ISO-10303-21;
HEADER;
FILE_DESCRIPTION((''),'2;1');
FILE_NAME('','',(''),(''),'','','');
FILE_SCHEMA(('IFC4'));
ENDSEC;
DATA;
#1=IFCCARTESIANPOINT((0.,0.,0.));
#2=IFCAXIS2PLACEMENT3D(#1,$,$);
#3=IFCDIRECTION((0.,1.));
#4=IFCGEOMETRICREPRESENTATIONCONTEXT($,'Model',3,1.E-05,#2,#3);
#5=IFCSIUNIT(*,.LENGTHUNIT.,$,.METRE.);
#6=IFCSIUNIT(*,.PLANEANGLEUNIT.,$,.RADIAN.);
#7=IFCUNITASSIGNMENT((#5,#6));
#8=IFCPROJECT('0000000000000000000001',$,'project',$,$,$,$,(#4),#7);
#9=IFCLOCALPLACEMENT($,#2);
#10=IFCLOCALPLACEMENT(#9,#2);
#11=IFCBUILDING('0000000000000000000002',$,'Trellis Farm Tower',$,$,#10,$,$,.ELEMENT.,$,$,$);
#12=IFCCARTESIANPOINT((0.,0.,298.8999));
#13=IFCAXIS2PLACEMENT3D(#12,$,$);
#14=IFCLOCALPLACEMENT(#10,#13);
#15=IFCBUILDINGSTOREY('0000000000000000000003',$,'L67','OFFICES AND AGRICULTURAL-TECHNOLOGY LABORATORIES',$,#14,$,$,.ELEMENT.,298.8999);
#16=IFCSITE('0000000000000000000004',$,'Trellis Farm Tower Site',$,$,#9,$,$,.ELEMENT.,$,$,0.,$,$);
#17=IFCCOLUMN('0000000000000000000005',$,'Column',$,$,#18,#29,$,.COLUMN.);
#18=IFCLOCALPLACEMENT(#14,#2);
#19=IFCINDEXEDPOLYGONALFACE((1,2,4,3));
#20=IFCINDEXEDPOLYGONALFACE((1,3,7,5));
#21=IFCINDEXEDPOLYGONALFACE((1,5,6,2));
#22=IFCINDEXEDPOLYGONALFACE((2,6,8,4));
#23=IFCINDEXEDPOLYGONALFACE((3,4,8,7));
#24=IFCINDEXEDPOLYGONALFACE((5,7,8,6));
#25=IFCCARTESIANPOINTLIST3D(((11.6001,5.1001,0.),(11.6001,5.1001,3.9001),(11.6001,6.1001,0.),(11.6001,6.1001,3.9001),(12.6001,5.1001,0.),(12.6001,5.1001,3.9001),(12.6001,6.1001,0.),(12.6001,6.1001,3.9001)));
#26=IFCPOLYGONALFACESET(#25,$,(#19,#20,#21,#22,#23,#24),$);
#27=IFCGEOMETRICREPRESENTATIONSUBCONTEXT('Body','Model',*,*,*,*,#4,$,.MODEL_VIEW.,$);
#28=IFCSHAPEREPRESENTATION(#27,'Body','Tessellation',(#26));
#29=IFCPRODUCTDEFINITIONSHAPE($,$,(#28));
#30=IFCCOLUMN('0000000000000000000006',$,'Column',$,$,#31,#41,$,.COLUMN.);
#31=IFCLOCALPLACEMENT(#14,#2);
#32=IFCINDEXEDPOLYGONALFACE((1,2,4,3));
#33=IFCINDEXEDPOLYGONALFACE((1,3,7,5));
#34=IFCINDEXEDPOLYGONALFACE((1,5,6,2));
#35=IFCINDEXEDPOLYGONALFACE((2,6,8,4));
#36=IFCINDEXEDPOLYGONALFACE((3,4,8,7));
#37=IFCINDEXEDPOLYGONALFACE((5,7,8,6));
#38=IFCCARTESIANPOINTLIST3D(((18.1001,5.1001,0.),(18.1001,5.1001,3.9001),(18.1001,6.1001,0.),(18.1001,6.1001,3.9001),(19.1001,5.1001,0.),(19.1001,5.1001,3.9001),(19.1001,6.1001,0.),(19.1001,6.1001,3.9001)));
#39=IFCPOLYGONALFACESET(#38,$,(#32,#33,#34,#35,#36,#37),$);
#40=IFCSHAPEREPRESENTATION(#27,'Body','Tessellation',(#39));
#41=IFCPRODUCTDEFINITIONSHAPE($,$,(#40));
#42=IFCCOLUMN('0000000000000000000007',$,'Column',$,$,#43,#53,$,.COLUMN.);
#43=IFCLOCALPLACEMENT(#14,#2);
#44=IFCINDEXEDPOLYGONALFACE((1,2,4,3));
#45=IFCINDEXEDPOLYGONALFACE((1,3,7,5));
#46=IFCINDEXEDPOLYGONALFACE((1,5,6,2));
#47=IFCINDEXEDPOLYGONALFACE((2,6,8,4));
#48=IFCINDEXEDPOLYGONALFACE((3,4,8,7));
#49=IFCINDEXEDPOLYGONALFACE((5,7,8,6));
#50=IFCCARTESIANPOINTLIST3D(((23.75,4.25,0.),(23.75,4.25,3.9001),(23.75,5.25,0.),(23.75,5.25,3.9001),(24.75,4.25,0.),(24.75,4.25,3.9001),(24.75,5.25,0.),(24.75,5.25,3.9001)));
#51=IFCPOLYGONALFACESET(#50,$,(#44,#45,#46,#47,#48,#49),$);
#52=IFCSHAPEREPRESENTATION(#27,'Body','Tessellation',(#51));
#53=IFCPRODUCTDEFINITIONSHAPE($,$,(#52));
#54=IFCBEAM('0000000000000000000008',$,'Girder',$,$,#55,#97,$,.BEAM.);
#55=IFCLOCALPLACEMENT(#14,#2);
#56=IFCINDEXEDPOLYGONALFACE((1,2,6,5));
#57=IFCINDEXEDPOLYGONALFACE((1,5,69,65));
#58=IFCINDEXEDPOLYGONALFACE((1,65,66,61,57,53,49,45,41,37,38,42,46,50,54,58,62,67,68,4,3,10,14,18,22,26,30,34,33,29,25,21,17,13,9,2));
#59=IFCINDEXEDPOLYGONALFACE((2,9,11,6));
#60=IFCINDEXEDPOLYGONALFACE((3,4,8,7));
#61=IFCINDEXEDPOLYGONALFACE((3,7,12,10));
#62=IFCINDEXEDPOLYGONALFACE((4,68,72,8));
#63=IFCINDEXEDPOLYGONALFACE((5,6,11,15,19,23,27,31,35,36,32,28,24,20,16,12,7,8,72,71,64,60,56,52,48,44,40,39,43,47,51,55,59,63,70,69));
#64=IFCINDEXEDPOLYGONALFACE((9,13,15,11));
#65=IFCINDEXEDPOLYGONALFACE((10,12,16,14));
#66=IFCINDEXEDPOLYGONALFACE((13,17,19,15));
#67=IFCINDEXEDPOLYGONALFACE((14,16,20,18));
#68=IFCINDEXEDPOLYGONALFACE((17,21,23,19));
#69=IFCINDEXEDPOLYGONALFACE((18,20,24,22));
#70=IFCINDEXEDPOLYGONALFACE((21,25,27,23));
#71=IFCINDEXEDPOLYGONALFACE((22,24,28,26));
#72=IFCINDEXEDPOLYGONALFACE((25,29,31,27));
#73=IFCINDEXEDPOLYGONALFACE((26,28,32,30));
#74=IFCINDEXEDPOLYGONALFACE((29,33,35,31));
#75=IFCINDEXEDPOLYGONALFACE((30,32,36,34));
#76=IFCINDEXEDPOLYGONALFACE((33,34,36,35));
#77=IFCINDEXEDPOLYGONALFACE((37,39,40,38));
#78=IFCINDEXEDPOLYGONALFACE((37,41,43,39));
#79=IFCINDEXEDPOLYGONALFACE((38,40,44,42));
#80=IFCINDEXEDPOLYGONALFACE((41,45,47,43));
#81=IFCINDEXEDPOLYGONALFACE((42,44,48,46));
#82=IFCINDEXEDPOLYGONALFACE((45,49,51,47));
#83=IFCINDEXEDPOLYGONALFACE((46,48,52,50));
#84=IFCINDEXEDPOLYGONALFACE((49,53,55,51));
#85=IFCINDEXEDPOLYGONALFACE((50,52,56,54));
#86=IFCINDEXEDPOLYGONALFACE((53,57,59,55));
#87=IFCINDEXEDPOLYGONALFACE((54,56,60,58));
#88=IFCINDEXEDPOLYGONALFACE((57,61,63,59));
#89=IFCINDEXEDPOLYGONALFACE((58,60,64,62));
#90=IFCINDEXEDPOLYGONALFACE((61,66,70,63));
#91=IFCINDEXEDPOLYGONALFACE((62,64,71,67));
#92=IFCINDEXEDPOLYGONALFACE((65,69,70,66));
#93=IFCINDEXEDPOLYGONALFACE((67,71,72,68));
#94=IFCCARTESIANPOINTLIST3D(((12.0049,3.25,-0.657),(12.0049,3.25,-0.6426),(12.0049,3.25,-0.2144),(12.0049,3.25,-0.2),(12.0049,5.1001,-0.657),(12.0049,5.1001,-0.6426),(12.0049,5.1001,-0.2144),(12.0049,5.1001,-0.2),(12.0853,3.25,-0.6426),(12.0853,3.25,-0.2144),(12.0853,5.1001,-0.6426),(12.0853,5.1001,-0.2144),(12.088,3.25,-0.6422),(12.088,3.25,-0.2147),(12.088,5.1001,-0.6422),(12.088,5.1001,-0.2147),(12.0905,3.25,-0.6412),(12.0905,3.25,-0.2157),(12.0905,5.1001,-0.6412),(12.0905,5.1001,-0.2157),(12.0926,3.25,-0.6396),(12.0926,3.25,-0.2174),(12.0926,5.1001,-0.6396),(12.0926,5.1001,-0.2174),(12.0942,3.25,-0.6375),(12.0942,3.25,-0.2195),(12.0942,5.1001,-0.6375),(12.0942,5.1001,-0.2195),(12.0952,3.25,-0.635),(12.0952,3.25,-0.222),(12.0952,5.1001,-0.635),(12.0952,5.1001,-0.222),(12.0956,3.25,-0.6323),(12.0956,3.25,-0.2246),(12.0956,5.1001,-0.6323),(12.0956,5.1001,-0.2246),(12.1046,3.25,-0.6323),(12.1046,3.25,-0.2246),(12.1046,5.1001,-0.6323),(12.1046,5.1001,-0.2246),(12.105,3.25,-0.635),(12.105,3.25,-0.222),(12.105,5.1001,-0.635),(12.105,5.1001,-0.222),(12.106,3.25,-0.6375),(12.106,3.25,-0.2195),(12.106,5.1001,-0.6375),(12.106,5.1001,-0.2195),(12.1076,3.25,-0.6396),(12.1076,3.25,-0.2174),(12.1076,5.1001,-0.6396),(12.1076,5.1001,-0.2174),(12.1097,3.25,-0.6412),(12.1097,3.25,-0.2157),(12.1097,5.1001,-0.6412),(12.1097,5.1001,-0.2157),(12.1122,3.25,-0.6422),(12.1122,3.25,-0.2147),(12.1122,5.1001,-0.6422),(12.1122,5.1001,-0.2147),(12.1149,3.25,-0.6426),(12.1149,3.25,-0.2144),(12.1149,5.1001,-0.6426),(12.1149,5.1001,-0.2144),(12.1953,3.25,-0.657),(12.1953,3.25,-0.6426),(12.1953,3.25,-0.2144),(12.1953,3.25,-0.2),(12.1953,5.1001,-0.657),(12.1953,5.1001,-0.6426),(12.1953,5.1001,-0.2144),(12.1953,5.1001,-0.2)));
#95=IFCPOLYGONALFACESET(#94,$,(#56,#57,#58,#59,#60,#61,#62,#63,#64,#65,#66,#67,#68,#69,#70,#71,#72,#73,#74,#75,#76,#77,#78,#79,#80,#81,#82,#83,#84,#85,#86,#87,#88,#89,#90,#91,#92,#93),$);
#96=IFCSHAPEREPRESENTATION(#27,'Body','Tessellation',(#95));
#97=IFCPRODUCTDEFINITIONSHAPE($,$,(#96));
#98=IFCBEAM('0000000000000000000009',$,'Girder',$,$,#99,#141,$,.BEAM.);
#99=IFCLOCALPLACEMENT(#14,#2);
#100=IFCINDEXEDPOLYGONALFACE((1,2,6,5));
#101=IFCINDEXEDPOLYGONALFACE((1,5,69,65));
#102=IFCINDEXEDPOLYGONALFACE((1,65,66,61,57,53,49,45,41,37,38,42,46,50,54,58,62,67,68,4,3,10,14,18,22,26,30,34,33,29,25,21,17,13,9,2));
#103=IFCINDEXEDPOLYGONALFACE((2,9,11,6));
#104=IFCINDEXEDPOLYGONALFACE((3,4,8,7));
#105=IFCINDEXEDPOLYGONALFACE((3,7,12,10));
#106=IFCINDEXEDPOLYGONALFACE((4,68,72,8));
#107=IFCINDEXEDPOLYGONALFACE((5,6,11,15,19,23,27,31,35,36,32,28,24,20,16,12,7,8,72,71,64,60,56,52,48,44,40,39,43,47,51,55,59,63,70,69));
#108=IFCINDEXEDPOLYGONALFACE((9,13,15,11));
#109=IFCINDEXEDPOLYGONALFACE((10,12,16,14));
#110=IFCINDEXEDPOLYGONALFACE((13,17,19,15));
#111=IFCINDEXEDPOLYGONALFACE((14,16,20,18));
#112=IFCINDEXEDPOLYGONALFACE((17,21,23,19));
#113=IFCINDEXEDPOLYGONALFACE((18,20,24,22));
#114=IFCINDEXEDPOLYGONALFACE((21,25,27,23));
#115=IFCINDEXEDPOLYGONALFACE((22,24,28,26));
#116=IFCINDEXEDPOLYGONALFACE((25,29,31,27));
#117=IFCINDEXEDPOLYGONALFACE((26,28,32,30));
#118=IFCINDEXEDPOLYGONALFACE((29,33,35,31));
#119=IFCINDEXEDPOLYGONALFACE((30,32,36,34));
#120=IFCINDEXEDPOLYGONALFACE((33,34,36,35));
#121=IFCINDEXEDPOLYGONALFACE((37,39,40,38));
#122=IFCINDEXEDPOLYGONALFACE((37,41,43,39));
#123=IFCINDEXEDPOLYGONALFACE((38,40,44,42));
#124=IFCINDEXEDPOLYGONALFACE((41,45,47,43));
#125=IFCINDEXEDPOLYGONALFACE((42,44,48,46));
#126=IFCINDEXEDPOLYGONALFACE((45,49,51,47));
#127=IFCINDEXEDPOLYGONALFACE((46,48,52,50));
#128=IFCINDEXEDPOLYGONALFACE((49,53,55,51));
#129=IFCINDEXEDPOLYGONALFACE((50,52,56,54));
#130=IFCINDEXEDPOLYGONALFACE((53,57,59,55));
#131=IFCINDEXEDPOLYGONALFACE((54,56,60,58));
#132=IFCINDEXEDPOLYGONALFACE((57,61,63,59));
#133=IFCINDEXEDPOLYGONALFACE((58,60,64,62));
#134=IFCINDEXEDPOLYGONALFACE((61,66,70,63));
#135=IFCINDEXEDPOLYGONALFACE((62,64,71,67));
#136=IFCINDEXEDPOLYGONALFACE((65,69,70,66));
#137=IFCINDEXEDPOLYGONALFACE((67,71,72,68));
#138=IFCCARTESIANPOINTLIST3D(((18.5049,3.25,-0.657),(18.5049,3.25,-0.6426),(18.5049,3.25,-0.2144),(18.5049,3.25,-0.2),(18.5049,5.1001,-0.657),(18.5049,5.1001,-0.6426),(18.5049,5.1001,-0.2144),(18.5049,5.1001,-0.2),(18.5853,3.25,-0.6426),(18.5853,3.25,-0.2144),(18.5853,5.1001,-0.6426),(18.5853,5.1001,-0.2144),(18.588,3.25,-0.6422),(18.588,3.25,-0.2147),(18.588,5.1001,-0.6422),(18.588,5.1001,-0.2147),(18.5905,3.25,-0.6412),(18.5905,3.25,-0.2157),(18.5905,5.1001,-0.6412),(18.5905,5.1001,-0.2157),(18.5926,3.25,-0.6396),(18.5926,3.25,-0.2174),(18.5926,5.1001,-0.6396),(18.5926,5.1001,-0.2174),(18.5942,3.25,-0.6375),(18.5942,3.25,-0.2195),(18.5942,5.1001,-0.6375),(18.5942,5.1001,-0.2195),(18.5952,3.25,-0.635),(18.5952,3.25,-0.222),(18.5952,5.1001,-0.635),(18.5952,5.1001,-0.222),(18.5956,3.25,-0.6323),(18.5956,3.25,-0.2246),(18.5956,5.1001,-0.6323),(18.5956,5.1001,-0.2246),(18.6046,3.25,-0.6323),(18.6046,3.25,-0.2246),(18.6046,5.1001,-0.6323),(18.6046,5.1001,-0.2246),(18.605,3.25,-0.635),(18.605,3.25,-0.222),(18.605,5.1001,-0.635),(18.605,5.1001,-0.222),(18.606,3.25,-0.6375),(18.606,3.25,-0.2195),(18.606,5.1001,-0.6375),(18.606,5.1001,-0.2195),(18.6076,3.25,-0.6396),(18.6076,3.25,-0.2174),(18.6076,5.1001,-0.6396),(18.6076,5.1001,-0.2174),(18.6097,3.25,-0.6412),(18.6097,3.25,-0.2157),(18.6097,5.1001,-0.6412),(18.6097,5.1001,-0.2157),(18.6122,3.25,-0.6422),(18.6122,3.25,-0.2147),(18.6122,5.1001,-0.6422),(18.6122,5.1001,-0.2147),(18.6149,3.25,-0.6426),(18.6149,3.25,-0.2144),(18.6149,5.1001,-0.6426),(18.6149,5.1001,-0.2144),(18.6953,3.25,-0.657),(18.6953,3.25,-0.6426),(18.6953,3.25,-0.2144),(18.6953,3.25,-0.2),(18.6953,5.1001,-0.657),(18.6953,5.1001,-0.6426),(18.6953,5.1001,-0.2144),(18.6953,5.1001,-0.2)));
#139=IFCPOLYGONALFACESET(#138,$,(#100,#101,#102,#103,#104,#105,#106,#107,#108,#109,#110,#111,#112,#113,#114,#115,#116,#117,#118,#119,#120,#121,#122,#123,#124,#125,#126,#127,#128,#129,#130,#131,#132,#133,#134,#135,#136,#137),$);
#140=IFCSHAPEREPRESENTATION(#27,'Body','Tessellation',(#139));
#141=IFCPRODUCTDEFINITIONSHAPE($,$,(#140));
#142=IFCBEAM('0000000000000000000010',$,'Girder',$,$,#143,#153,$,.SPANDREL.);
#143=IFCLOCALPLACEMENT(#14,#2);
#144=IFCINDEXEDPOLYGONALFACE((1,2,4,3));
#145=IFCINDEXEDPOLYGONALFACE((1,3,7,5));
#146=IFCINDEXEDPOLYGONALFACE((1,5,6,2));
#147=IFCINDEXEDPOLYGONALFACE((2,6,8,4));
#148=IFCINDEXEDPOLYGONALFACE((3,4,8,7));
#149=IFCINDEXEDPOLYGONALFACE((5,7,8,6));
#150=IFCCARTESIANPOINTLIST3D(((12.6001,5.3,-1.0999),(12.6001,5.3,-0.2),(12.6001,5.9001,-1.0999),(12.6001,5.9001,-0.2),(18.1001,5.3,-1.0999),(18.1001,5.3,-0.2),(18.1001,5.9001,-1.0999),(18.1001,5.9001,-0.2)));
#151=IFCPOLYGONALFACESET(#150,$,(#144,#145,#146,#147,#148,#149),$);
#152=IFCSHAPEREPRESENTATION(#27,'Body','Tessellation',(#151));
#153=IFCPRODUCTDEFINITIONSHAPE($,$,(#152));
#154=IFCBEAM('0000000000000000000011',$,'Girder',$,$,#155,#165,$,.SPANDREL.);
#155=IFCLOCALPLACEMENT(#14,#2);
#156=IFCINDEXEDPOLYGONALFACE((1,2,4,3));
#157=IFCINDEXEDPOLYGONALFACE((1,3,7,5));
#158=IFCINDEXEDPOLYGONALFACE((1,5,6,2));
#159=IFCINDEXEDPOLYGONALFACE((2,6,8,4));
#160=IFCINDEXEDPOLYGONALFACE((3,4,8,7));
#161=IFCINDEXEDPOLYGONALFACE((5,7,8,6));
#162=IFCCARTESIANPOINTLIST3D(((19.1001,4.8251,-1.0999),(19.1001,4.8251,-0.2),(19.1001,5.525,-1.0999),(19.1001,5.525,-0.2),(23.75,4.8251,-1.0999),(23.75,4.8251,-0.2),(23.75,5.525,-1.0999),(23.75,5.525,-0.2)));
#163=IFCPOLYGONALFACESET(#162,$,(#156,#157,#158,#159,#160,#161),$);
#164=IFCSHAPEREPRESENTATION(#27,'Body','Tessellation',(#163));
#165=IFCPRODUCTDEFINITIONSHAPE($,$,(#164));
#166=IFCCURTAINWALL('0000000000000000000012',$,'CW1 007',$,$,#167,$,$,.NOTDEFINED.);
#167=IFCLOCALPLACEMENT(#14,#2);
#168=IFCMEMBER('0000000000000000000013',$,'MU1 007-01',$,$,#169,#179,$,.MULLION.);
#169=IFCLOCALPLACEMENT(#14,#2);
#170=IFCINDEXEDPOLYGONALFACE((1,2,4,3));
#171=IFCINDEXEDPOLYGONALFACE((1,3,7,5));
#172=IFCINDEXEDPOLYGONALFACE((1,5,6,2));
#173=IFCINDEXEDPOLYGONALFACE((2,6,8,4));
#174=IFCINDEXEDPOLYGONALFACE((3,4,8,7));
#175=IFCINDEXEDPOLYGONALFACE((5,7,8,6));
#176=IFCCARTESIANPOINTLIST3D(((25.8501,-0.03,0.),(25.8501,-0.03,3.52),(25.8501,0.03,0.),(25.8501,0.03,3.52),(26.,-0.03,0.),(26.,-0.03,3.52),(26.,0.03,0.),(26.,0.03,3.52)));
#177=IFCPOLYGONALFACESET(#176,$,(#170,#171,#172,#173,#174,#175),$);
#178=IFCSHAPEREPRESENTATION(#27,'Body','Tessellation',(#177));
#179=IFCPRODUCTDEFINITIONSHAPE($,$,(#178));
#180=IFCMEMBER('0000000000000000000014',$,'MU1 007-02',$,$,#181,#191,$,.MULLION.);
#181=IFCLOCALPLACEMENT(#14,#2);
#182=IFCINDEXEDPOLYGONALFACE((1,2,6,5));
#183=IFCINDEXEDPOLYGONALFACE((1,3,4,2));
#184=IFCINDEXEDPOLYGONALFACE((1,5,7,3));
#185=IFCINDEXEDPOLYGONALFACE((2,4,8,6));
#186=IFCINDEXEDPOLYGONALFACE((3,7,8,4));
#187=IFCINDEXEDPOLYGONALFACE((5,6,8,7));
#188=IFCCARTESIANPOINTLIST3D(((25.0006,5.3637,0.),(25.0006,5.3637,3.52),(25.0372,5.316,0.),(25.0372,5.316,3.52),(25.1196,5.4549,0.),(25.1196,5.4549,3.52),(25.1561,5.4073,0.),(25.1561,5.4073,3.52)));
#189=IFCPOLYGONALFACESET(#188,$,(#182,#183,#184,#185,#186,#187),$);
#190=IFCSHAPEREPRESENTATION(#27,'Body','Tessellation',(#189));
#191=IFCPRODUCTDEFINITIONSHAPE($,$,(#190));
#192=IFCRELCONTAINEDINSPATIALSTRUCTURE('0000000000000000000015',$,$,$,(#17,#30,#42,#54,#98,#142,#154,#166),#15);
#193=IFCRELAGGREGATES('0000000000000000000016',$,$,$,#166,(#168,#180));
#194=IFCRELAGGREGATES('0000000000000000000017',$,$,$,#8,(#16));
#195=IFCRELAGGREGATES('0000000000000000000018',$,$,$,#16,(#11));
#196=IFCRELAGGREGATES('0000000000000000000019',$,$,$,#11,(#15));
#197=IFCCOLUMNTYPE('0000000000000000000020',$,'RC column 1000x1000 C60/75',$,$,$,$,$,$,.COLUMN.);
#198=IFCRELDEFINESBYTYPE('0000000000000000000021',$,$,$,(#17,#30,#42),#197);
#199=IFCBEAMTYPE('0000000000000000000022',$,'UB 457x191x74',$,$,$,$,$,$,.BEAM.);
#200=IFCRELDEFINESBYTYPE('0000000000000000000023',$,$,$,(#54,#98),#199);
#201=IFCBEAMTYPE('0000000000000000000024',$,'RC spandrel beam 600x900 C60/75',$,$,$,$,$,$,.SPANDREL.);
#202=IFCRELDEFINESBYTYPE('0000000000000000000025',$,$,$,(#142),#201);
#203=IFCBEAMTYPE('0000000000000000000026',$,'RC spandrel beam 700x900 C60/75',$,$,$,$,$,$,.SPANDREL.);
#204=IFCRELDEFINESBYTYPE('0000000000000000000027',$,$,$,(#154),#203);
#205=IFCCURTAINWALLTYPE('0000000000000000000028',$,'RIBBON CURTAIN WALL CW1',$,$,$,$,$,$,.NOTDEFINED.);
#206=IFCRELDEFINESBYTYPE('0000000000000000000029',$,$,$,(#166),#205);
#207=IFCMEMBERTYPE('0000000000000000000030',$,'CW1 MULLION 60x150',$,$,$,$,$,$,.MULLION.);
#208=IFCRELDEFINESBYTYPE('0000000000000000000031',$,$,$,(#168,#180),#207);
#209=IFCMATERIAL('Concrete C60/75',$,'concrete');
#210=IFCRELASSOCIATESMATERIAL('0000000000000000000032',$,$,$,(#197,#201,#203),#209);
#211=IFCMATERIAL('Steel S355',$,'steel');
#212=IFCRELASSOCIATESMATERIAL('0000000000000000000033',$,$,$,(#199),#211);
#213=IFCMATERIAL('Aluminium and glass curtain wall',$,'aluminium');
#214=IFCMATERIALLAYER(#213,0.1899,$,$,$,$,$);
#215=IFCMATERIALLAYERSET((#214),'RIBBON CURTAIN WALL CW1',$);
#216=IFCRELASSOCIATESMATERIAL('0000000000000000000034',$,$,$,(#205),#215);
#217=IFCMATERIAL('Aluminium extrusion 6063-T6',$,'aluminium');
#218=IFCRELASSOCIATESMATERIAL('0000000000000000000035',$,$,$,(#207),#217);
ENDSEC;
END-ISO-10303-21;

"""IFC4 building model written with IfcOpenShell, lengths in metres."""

from ifc_helpers import new_model, si_unit, direction, frame, origin, origin_2d, place, context, subcontext, project, spatial, rectangle, i_section, extrude, source, transform, mapped, material, layer, layer_set, material_profile, profile_set, type_object, element, aggregate, save


model = new_model("IFC4")

# Units and contexts
model_context = context("Model", 3, precision=1e-05, world=origin(), true_north=direction((0.0, 1.0)))
body_context = subcontext(model_context, "Body", "Model", "MODEL_VIEW")
ifc_project = project(units=[si_unit("LENGTHUNIT", "METRE"), si_unit("PLANEANGLEUNIT", "RADIAN")], contexts=[model_context])

# Site, building, storey
site_placement = place(None, origin())
site = spatial("IfcSite", under=ifc_project, at=site_placement, Name="Trellis Farm Tower Site", CompositionType="ELEMENT", RefElevation=0.0)
building_placement = place(site_placement, origin())
building = spatial("IfcBuilding", under=site, at=building_placement, Name="Trellis Farm Tower", CompositionType="ELEMENT")
storey_placement = place(building_placement, frame((0.0, 0.0, 298.8999)))
storey = spatial("IfcBuildingStorey", under=building, at=storey_placement, Name="L67", Description="OFFICES AND AGRICULTURAL-TECHNOLOGY LABORATORIES", CompositionType="ELEMENT", Elevation=298.8999)

# Columns
ifc_material_1 = material(Name="Concrete C60/75", Category="concrete")
ifc_material_profile_1 = material_profile(ifc_material_1, rectangle(XDim=1.0, YDim=1.0, at=origin_2d()), Name="RC column 1000x1000 C60/75")
ifc_profile_set_1 = profile_set([ifc_material_profile_1], Name="Concrete C60/75")
column_type = type_object("IfcColumnType", Name="RC column 1000x1000 C60/75", PredefinedType="COLUMN", material=ifc_profile_set_1)
shared_shape_1 = source(origin(), body_context, "Body", "SweptSolid", [
    extrude(rectangle(XDim=1.0, YDim=1.0, at=origin_2d()), origin(), (0.0, 0.0, 1.0), 3.9001),
])
for number, where, z_axis, x_axis, name in (
    (1, (12.1001, 5.6001, 0.0), (0.0, 0.0, 1.0), (1.0, 0.0, 0.0), "Column"),
    (2, (18.6001, 5.6001, 0.0), (0.0, 0.0, 1.0), (1.0, 0.0, 0.0), "Column"),
    (3, (24.25, 4.75, 0.0), (0.0, 0.0, 1.0), (1.0, 0.0, 0.0), "Column"),
):
    element("IfcColumn", number, at=place(storey_placement, frame(where, z_axis=z_axis, x_axis=x_axis)), inside=storey, type_object=column_type, Name=name, PredefinedType="COLUMN", context=body_context, shape_type="MappedRepresentation", body=[
        mapped(shared_shape_1, transform((0.0, 0.0, 0.0))),
    ])

# Beams
ifc_material_2 = material(Name="Steel S355", Category="steel")
ifc_material_profile_2 = material_profile(ifc_material_2, i_section(OverallWidth=0.1904, OverallDepth=0.457, WebThickness=0.009, FlangeThickness=0.0144, FilletRadius=0.0103, at=origin_2d()), Name="UB 457x191x74")
ifc_profile_set_2 = profile_set([ifc_material_profile_2], Name="Steel S355")
beam_type_1 = type_object("IfcBeamType", Name="UB 457x191x74", PredefinedType="BEAM", material=ifc_profile_set_2)
shared_shape_2 = source(origin(), body_context, "Body", "SweptSolid", [
    extrude(i_section(OverallWidth=0.1904, OverallDepth=0.457, WebThickness=0.009, FlangeThickness=0.0144, FilletRadius=0.0103, at=origin_2d()), origin(), (0.0, 0.0, 1.0), 1.8501),
])
for number, where, z_axis, x_axis, name in (
    (4, (12.1001, 3.25, -0.4285), (0.0, 1.0, 0.0), (-1.0, 0.0, 0.0), "Girder"),
    (5, (18.6001, 3.25, -0.4285), (0.0, 1.0, 0.0), (-1.0, 0.0, 0.0), "Girder"),
):
    element("IfcBeam", number, at=place(storey_placement, frame(where, z_axis=z_axis, x_axis=x_axis)), inside=storey, type_object=beam_type_1, Name=name, PredefinedType="BEAM", context=body_context, shape_type="MappedRepresentation", body=[
        mapped(shared_shape_2, transform((0.0, 0.0, 0.0))),
    ])
ifc_material_profile_3 = material_profile(ifc_material_1, rectangle(XDim=0.6001, YDim=0.8999, at=origin_2d()), Name="RC spandrel beam 600x900 C60/75")
ifc_profile_set_3 = profile_set([ifc_material_profile_3], Name="Concrete C60/75")
beam_type_2 = type_object("IfcBeamType", Name="RC spandrel beam 600x900 C60/75", PredefinedType="SPANDREL", material=ifc_profile_set_3)
shared_shape_3 = source(origin(), body_context, "Body", "SweptSolid", [
    extrude(rectangle(XDim=0.6001, YDim=0.8999, at=origin_2d()), origin(), (0.0, 0.0, 1.0), 5.5),
])
beam_1_placement = place(storey_placement, frame((12.6001, 5.6001, -0.6499), z_axis=(1.0, 0.0, 0.0), x_axis=(0.0, 1.0, 0.0)))
element("IfcBeam", 6, at=beam_1_placement, inside=storey, type_object=beam_type_2, Name="Girder", PredefinedType="SPANDREL", context=body_context, shape_type="MappedRepresentation", body=[
    mapped(shared_shape_3, transform((0.0, 0.0, 0.0))),
])
ifc_material_profile_4 = material_profile(ifc_material_1, rectangle(XDim=0.7, YDim=0.8999, at=origin_2d()), Name="RC spandrel beam 700x900 C60/75")
ifc_profile_set_4 = profile_set([ifc_material_profile_4], Name="Concrete C60/75")
beam_type_3 = type_object("IfcBeamType", Name="RC spandrel beam 700x900 C60/75", PredefinedType="SPANDREL", material=ifc_profile_set_4)
shared_shape_4 = source(origin(), body_context, "Body", "SweptSolid", [
    extrude(rectangle(XDim=0.7, YDim=0.8999, at=origin_2d()), origin(), (0.0, 0.0, 1.0), 4.6499),
])
beam_2_placement = place(storey_placement, frame((19.1001, 5.175, -0.6499), z_axis=(1.0, 0.0, 0.0), x_axis=(0.0, 1.0, 0.0)))
element("IfcBeam", 7, at=beam_2_placement, inside=storey, type_object=beam_type_3, Name="Girder", PredefinedType="SPANDREL", context=body_context, shape_type="MappedRepresentation", body=[
    mapped(shared_shape_4, transform((0.0, 0.0, 0.0))),
])

# Curtain wall, members
ifc_material_3 = material(Name="Aluminium and glass curtain wall", Category="aluminium")
ifc_layer_1 = layer(ifc_material_3, 0.1899)
ifc_layer_set_1 = layer_set([ifc_layer_1], Name="RIBBON CURTAIN WALL CW1")
curtain_wall_type = type_object("IfcCurtainWallType", Name="RIBBON CURTAIN WALL CW1", PredefinedType="NOTDEFINED", material=ifc_layer_set_1)
placement = place(storey_placement, origin())
curtain_wall_1 = element("IfcCurtainWall", 8, at=placement, inside=storey, type_object=curtain_wall_type, Name="CW1 007", PredefinedType="NOTDEFINED")
ifc_material_4 = material(Name="Aluminium extrusion 6063-T6", Category="aluminium")
ifc_material_profile_5 = material_profile(ifc_material_4, rectangle(XDim=0.0601, YDim=0.1499, at=origin_2d()), Name="MULLION 60x150")
ifc_profile_set_5 = profile_set([ifc_material_profile_5], Name="Aluminium extrusion 6063-T6")
member_type = type_object("IfcMemberType", Name="CW1 MULLION 60x150", PredefinedType="MULLION", material=ifc_profile_set_5)
shared_shape_5 = source(origin(), body_context, "Body", "SweptSolid", [
    extrude(rectangle(XDim=0.0601, YDim=0.1499, at=origin_2d()), origin(), (0.0, 0.0, 1.0), 3.52),
])
member_1_placement = place(storey_placement, frame((25.925, 0.0, 0.0), z_axis=(0.0, 0.0, 1.0), x_axis=(0.0, 1.0, 0.0)))
member_1 = element("IfcMember", 9, at=member_1_placement, type_object=member_type, Name="MU1 007-01", PredefinedType="MULLION", context=body_context, shape_type="MappedRepresentation", body=[
    mapped(shared_shape_5, transform((0.0, 0.0, 0.0))),
])
member_2_placement = place(storey_placement, frame((25.0784, 5.3855, 0.0), z_axis=(0.0, 0.0, 1.0), x_axis=(-0.608761, 0.793353, 0.0)))
member_2 = element("IfcMember", 10, at=member_2_placement, type_object=member_type, Name="MU1 007-02", PredefinedType="MULLION", context=body_context, shape_type="MappedRepresentation", body=[
    mapped(shared_shape_5, transform((0.0, 0.0, 0.0))),
])
aggregate(curtain_wall_1, [member_1, member_2])

save(model, "model.ifc")
